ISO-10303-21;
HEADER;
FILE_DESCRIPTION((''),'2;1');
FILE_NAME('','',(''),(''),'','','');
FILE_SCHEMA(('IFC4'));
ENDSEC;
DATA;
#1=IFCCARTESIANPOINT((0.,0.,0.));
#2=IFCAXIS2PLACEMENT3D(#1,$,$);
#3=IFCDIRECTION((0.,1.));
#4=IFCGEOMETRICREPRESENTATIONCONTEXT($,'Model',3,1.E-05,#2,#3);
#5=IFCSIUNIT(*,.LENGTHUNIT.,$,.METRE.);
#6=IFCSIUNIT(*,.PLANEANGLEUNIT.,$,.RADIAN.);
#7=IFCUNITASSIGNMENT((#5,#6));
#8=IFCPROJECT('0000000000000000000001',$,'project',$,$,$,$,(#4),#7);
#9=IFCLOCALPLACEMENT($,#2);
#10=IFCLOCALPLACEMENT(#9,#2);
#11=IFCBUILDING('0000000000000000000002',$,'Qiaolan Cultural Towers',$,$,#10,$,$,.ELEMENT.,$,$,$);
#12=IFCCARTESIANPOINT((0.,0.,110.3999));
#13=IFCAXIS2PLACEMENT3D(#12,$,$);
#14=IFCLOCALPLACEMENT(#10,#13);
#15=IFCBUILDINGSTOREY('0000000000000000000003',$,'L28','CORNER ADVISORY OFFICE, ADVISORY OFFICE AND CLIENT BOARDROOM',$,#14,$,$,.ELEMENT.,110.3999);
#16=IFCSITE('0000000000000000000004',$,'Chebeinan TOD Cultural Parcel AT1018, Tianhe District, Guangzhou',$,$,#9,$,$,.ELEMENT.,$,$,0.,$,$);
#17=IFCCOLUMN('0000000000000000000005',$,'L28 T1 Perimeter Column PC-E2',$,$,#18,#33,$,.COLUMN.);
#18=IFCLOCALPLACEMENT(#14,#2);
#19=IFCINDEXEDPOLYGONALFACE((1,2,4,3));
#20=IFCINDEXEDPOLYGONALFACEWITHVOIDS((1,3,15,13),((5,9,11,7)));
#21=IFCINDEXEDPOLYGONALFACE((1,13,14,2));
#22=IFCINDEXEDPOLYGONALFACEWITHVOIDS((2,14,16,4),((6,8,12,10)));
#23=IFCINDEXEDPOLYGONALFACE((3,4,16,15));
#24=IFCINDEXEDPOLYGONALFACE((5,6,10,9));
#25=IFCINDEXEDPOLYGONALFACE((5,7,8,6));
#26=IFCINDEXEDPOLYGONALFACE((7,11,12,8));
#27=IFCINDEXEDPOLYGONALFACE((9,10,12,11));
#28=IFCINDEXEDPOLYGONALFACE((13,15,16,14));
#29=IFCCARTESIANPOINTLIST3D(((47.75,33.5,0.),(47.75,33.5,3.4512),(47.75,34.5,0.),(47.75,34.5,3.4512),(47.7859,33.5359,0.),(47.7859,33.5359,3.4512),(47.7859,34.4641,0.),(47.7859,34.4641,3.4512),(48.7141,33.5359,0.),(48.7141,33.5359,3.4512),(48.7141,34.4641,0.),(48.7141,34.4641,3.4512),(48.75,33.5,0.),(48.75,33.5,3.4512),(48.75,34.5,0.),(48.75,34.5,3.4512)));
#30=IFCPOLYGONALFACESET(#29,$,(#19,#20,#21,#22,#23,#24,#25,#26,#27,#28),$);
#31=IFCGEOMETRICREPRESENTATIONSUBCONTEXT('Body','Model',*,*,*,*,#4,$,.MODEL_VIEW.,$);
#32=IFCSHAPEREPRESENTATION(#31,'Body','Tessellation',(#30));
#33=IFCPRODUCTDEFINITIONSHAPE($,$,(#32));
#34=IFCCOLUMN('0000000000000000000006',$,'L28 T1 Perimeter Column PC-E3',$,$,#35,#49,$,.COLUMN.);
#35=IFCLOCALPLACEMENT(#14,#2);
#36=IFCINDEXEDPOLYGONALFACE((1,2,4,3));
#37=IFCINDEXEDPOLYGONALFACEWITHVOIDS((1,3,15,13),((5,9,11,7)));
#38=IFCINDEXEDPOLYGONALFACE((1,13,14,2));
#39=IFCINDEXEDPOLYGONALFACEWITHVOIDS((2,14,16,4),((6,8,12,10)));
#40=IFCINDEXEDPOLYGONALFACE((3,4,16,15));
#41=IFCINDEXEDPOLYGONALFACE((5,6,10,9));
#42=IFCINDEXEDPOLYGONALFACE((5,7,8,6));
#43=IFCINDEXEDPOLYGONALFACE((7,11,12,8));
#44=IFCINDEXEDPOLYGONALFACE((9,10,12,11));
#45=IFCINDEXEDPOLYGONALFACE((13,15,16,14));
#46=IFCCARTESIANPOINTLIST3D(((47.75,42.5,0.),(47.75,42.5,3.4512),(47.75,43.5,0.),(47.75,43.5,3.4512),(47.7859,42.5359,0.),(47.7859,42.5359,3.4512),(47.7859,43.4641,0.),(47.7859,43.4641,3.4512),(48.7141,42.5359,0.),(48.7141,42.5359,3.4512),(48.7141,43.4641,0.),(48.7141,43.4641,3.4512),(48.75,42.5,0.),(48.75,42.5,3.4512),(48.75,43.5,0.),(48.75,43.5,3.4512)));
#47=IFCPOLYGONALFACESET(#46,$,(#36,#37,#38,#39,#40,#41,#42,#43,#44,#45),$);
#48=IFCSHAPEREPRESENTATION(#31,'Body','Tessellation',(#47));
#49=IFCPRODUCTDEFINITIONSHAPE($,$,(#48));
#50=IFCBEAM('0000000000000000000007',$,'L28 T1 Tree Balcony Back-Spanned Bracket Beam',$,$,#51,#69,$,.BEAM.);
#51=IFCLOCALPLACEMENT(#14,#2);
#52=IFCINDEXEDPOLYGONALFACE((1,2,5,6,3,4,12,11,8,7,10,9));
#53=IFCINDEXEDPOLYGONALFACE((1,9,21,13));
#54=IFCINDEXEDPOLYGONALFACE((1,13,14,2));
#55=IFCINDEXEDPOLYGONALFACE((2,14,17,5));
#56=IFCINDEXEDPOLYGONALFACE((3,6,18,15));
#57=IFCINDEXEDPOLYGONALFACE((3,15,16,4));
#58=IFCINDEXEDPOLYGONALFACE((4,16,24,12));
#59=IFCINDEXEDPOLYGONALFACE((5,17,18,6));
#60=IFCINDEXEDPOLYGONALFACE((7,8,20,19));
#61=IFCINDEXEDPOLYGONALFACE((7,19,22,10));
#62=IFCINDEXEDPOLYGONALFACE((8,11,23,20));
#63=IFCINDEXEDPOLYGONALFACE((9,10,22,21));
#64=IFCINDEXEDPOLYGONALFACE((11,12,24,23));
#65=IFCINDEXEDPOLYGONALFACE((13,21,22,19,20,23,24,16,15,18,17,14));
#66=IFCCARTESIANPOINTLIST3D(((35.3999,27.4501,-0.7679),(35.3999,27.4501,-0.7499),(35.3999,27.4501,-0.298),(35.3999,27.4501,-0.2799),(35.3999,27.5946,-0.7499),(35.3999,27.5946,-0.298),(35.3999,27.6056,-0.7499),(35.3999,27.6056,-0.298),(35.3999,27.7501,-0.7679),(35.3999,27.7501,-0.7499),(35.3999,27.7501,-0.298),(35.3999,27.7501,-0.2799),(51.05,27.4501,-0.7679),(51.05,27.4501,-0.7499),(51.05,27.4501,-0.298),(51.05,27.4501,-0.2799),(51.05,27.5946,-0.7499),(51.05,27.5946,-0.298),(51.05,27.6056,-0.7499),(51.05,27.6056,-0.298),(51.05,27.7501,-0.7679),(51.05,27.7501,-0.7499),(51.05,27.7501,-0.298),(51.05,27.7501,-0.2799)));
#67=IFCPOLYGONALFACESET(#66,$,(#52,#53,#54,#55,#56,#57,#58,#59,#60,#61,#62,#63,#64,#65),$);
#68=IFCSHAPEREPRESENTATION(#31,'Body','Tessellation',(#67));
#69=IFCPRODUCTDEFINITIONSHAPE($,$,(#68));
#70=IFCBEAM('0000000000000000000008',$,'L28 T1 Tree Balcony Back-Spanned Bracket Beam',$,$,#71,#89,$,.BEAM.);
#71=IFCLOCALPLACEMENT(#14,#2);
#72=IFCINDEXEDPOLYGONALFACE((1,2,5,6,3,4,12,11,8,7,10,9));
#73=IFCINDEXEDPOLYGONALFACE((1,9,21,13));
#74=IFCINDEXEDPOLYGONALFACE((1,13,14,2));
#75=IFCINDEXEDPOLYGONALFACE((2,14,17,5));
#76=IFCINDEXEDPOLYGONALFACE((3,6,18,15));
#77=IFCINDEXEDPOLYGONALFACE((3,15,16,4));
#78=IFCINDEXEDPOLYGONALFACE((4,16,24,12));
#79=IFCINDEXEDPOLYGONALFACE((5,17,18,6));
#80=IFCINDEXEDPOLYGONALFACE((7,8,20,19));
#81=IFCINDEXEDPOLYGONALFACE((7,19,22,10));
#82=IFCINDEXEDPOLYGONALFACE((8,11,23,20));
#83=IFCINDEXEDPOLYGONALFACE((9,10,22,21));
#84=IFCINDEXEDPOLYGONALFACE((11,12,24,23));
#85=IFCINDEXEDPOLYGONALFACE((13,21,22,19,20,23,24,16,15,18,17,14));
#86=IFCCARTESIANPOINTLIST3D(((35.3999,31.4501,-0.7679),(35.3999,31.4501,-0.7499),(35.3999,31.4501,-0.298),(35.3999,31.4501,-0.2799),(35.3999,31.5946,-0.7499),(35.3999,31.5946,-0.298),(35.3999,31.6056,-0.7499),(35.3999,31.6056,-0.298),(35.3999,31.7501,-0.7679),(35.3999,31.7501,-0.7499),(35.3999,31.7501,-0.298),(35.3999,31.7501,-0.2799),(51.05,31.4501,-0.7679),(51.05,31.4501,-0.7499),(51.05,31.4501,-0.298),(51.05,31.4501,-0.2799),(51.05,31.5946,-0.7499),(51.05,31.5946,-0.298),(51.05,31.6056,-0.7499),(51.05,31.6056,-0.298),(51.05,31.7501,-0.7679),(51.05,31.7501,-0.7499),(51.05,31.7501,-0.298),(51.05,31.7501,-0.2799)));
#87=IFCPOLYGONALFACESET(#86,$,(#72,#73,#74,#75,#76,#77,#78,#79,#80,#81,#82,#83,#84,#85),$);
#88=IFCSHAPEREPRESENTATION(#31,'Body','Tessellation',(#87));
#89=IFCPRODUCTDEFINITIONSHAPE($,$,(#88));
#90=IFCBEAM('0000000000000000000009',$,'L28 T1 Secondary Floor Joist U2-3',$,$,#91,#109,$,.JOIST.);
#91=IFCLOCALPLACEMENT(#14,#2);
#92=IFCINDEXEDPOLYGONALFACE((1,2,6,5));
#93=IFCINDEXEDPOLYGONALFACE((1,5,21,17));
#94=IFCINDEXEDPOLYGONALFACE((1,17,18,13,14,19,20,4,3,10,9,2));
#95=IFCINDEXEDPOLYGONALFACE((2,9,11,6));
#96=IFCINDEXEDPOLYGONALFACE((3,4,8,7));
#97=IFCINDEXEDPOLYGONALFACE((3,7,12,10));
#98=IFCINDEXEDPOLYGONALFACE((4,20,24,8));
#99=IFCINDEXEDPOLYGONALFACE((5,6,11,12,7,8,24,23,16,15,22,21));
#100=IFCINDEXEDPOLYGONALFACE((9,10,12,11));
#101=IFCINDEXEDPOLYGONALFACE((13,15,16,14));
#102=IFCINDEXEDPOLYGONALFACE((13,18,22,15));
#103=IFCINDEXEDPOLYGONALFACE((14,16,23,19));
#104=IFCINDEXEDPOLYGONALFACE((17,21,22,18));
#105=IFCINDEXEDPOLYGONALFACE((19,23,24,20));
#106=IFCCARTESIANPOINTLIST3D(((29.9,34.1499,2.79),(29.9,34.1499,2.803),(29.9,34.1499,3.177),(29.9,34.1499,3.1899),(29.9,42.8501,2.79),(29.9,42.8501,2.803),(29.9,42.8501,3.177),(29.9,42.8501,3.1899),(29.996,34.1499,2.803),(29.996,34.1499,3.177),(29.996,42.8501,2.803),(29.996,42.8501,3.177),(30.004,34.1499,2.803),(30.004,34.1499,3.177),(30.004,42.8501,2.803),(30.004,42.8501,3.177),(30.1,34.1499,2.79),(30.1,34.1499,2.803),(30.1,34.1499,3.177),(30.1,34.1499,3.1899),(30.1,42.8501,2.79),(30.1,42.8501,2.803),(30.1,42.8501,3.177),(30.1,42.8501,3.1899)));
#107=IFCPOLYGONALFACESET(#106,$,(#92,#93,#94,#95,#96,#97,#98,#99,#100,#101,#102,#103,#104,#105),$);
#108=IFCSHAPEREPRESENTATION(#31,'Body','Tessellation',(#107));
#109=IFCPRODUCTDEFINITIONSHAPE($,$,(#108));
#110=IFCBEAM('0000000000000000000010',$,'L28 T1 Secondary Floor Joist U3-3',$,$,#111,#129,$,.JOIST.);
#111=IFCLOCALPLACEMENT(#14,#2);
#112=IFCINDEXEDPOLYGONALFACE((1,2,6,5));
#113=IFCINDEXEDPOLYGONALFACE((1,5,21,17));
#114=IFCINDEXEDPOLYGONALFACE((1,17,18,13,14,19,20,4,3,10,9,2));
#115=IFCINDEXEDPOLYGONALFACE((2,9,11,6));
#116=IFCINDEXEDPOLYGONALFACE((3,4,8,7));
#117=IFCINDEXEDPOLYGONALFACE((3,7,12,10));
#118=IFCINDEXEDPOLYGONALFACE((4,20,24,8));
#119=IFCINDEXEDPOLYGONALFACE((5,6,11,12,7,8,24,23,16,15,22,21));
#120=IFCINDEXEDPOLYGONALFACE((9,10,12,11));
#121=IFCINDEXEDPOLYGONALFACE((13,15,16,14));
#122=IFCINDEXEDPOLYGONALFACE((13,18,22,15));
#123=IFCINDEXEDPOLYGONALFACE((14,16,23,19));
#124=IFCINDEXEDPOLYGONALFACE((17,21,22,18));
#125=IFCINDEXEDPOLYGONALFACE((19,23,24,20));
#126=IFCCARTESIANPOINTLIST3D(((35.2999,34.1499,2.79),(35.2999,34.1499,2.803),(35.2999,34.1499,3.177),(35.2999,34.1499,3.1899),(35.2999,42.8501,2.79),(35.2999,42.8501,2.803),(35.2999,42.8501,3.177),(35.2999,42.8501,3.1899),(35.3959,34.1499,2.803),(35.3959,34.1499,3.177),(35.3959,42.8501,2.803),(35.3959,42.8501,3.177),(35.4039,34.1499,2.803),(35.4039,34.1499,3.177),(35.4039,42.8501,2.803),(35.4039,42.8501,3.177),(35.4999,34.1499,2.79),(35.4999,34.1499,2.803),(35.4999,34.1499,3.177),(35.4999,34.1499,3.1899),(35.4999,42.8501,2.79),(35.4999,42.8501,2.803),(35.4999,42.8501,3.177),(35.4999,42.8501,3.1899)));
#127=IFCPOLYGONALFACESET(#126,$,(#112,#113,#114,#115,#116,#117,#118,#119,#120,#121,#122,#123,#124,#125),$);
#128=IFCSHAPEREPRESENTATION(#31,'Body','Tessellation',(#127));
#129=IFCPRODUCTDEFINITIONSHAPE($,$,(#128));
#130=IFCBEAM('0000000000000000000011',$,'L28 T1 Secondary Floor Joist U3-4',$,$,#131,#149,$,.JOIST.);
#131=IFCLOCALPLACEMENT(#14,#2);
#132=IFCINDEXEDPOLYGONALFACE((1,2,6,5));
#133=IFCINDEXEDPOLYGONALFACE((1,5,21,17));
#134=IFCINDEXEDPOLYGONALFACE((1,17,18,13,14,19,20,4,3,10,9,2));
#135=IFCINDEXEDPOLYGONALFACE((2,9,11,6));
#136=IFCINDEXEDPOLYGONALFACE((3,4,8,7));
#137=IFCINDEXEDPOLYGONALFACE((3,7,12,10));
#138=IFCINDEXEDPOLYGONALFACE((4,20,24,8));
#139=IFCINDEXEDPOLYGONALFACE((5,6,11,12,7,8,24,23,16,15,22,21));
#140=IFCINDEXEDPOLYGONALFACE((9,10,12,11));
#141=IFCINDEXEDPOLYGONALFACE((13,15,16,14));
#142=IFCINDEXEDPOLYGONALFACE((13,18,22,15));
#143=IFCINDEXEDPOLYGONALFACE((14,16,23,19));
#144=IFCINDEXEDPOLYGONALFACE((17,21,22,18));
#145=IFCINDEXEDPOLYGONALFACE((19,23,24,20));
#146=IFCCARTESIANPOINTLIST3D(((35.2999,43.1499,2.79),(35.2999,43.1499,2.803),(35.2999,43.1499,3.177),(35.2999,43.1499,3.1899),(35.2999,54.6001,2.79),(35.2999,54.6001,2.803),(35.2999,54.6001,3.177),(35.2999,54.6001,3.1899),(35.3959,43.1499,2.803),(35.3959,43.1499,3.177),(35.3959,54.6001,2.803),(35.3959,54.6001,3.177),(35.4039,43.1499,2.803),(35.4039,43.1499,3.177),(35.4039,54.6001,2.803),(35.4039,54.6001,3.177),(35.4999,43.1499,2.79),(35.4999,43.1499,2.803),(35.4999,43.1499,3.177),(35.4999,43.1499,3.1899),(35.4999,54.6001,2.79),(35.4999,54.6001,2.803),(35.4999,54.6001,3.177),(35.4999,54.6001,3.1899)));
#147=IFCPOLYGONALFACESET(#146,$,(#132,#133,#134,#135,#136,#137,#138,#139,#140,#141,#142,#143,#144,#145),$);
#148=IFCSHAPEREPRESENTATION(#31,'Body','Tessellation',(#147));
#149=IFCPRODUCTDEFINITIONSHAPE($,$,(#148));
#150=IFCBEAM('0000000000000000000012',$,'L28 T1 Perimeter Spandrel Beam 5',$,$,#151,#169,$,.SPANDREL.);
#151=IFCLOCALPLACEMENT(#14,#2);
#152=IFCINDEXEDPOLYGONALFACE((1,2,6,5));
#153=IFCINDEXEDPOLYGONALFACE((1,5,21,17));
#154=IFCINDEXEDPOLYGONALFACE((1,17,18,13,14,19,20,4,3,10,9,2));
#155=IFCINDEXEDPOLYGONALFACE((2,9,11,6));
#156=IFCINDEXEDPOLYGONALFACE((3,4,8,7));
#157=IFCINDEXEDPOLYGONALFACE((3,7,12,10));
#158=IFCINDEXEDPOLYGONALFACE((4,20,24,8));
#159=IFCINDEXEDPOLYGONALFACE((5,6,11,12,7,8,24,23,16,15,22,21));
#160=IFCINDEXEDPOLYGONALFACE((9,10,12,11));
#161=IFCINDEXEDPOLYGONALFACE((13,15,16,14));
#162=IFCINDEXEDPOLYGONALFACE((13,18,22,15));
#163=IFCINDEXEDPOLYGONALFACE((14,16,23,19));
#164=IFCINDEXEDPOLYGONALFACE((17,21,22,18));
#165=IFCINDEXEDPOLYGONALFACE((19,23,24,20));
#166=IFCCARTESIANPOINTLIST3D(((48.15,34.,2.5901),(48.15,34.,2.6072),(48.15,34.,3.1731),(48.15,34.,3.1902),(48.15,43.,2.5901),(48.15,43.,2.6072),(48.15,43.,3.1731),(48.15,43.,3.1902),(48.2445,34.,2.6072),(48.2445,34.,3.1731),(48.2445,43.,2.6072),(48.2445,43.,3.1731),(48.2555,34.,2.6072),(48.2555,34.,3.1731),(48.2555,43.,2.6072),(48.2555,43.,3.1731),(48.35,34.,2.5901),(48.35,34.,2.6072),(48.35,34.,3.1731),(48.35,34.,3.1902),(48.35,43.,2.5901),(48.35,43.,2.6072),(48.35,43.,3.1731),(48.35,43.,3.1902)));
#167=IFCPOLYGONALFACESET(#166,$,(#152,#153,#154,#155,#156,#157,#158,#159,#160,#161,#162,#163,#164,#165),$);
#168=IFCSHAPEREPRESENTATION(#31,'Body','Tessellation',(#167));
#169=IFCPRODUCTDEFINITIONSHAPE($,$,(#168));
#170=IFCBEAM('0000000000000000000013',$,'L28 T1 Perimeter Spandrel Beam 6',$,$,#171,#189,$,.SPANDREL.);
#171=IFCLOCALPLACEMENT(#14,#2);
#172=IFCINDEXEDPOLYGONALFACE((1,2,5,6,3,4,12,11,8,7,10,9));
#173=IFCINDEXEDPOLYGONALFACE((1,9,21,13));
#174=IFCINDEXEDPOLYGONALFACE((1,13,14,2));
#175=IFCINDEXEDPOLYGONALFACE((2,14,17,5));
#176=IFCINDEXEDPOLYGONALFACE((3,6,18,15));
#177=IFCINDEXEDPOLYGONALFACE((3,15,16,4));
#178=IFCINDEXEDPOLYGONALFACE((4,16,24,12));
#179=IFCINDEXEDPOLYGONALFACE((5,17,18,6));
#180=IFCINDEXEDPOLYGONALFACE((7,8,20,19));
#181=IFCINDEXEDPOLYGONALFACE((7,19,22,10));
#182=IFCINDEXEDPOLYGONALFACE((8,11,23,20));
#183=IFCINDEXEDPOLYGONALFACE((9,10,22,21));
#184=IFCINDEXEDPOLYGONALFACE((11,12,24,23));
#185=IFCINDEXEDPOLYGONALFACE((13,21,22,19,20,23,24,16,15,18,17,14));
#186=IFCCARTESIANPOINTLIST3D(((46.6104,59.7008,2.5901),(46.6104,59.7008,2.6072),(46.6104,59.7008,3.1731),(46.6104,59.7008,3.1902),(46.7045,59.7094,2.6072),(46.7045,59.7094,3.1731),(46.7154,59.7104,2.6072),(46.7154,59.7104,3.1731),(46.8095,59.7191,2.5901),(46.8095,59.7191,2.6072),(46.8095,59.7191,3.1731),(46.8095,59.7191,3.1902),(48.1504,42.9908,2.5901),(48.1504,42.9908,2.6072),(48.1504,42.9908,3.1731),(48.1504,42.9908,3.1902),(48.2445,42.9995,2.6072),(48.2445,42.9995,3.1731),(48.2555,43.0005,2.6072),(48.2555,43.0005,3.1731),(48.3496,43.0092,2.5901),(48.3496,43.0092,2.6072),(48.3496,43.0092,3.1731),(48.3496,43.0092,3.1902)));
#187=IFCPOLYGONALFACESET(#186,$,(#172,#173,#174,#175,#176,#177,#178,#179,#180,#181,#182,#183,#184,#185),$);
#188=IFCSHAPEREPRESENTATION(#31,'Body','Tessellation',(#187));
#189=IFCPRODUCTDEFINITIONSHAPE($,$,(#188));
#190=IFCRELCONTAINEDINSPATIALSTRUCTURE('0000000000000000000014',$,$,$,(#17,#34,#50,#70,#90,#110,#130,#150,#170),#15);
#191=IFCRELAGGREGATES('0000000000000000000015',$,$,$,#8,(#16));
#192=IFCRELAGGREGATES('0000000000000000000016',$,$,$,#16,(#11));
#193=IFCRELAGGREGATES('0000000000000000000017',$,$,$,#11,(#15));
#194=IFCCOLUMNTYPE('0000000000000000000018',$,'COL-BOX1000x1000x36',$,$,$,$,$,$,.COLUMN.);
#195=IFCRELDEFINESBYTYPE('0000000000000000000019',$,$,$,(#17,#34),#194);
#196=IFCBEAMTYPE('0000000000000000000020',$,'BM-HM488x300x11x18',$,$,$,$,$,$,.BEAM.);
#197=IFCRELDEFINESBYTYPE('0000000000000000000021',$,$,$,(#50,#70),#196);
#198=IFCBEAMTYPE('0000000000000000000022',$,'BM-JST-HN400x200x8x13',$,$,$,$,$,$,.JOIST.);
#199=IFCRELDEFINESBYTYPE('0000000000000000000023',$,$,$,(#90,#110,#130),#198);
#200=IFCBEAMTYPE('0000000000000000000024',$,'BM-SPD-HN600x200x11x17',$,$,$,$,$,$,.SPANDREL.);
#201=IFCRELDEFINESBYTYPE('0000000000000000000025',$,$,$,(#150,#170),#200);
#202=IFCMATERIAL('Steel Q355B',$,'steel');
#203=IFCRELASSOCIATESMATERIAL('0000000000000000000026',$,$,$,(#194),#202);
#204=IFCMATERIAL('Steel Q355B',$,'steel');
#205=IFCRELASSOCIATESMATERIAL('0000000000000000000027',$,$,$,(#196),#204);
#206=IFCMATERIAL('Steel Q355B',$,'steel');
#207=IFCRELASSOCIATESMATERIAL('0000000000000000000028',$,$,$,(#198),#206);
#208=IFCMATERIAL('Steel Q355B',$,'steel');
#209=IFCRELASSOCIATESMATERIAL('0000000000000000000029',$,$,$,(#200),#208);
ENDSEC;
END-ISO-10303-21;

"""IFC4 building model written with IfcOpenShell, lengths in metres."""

from ifc_helpers import new_model, si_unit, direction, frame, origin, origin_2d, place, context, subcontext, project, spatial, hollow_rectangle, i_section, extrude, material, material_profile, profile_set, type_object, element, save


model = new_model("IFC4")

# Units and contexts
model_context = context("Model", 3, precision=1e-05, world=origin(), true_north=direction((0.0, 1.0)))
body_context = subcontext(model_context, "Body", "Model", "MODEL_VIEW")
ifc_project = project(units=[si_unit("LENGTHUNIT", "METRE"), si_unit("PLANEANGLEUNIT", "RADIAN")], contexts=[model_context])

# Site, building, storey
site_placement = place(None, origin())
site = spatial("IfcSite", under=ifc_project, at=site_placement, Name="Chebeinan TOD Cultural Parcel AT1018, Tianhe District, Guangzhou", CompositionType="ELEMENT", RefElevation=0.0)
building_placement = place(site_placement, origin())
building = spatial("IfcBuilding", under=site, at=building_placement, Name="Qiaolan Cultural Towers", CompositionType="ELEMENT")
storey_placement = place(building_placement, frame((0.0, 0.0, 110.3999)))
storey = spatial("IfcBuildingStorey", under=building, at=storey_placement, Name="L28", Description="CORNER ADVISORY OFFICE, ADVISORY OFFICE AND CLIENT BOARDROOM", CompositionType="ELEMENT", Elevation=110.3999)

# Columns
ifc_material_1 = material(Name="Steel Q355B", Category="steel")
ifc_material_profile_1 = material_profile(ifc_material_1, hollow_rectangle(XDim=1.0, YDim=1.0, WallThickness=0.0359, at=origin_2d()), Name="BOX1000x1000x36")
ifc_profile_set_1 = profile_set([ifc_material_profile_1], Name="Steel Q355B")
column_type = type_object("IfcColumnType", Name="COL-BOX1000x1000x36", PredefinedType="COLUMN", material=ifc_profile_set_1)
for number, where, z_axis, x_axis, name in (
    (1, (48.25, 34.0, 0.0), (0.0, 0.0, 1.0), (1.0, 0.0, 0.0), "L28 T1 Perimeter Column PC-E2"),
    (2, (48.25, 43.0, 0.0), (0.0, 0.0, 1.0), (1.0, 0.0, 0.0), "L28 T1 Perimeter Column PC-E3"),
):
    element("IfcColumn", number, at=place(storey_placement, frame(where, z_axis=z_axis, x_axis=x_axis)), inside=storey, type_object=column_type, Name=name, PredefinedType="COLUMN", context=body_context, shape_type="SweptSolid", body=[
        extrude(hollow_rectangle(XDim=1.0, YDim=1.0, WallThickness=0.0359, at=origin_2d()), origin(), (0.0, 0.0, 1.0), 3.4512),
    ])

# Beams
ifc_material_2 = material(Name="Steel Q355B", Category="steel")
ifc_material_profile_2 = material_profile(ifc_material_2, i_section(OverallWidth=0.3, OverallDepth=0.488, WebThickness=0.011, FlangeThickness=0.0181, at=origin_2d()), Name="HM488x300x11x18")
ifc_profile_set_2 = profile_set([ifc_material_profile_2], Name="Steel Q355B")
beam_type_1 = type_object("IfcBeamType", Name="BM-HM488x300x11x18", PredefinedType="BEAM", material=ifc_profile_set_2)
for number, where, z_axis, x_axis, name in (
    (3, (35.3999, 27.6001, -0.5239), (1.0, 0.0, 0.0), (0.0, 1.0, 0.0), "L28 T1 Tree Balcony Back-Spanned Bracket Beam"),
    (4, (35.3999, 31.6001, -0.5239), (1.0, 0.0, 0.0), (0.0, 1.0, 0.0), "L28 T1 Tree Balcony Back-Spanned Bracket Beam"),
):
    element("IfcBeam", number, at=place(storey_placement, frame(where, z_axis=z_axis, x_axis=x_axis)), inside=storey, type_object=beam_type_1, Name=name, PredefinedType="BEAM", context=body_context, shape_type="SweptSolid", body=[
        extrude(i_section(OverallWidth=0.3, OverallDepth=0.488, WebThickness=0.011, FlangeThickness=0.0181, at=origin_2d()), origin(), (0.0, 0.0, 1.0), 15.6501),
    ])
ifc_material_3 = material(Name="Steel Q355B", Category="steel")
ifc_material_profile_3 = material_profile(ifc_material_3, i_section(OverallWidth=0.2, OverallDepth=0.3999, WebThickness=0.0081, FlangeThickness=0.0129, at=origin_2d()), Name="HN400x200x8x13")
ifc_profile_set_3 = profile_set([ifc_material_profile_3], Name="Steel Q355B")
beam_type_2 = type_object("IfcBeamType", Name="BM-JST-HN400x200x8x13", PredefinedType="JOIST", material=ifc_profile_set_3)
for number, where, z_axis, x_axis, name in (
    (5, (30.0, 34.1499, 2.99), (0.0, 1.0, 0.0), (-1.0, 0.0, 0.0), "L28 T1 Secondary Floor Joist U2-3"),
    (6, (35.3999, 34.1499, 2.99), (0.0, 1.0, 0.0), (-1.0, 0.0, 0.0), "L28 T1 Secondary Floor Joist U3-3"),
):
    element("IfcBeam", number, at=place(storey_placement, frame(where, z_axis=z_axis, x_axis=x_axis)), inside=storey, type_object=beam_type_2, Name=name, PredefinedType="JOIST", context=body_context, shape_type="SweptSolid", body=[
        extrude(i_section(OverallWidth=0.2, OverallDepth=0.3999, WebThickness=0.0081, FlangeThickness=0.0129, at=origin_2d()), origin(), (0.0, 0.0, 1.0), 8.7002),
    ])
beam_1_placement = place(storey_placement, frame((35.3999, 43.1499, 2.99), z_axis=(0.0, 1.0, 0.0), x_axis=(-1.0, 0.0, 0.0)))
element("IfcBeam", 7, at=beam_1_placement, inside=storey, type_object=beam_type_2, Name="L28 T1 Secondary Floor Joist U3-4", PredefinedType="JOIST", context=body_context, shape_type="SweptSolid", body=[
    extrude(i_section(OverallWidth=0.2, OverallDepth=0.3999, WebThickness=0.0081, FlangeThickness=0.0129, at=origin_2d()), origin(), (0.0, 0.0, 1.0), 11.4502),
])
ifc_material_4 = material(Name="Steel Q355B", Category="steel")
ifc_material_profile_4 = material_profile(ifc_material_4, i_section(OverallWidth=0.2, OverallDepth=0.6001, WebThickness=0.011, FlangeThickness=0.0171, at=origin_2d()), Name="HN600x200x11x17")
ifc_profile_set_4 = profile_set([ifc_material_profile_4], Name="Steel Q355B")
beam_type_3 = type_object("IfcBeamType", Name="BM-SPD-HN600x200x11x17", PredefinedType="SPANDREL", material=ifc_profile_set_4)
beam_2_placement = place(storey_placement, frame((48.25, 34.0, 2.8901), z_axis=(0.0, 1.0, 0.0), x_axis=(-1.0, 0.0, 0.0)))
element("IfcBeam", 8, at=beam_2_placement, inside=storey, type_object=beam_type_3, Name="L28 T1 Perimeter Spandrel Beam 5", PredefinedType="SPANDREL", context=body_context, shape_type="SweptSolid", body=[
    extrude(i_section(OverallWidth=0.2, OverallDepth=0.6001, WebThickness=0.011, FlangeThickness=0.0171, at=origin_2d()), origin(), (0.0, 0.0, 1.0), 9.0),
])
beam_3_placement = place(storey_placement, frame((48.25, 43.0, 2.8901), z_axis=(-0.091774, 0.99578, 0.0), x_axis=(-0.99578, -0.091774, 0.0)))
element("IfcBeam", 9, at=beam_3_placement, inside=storey, type_object=beam_type_3, Name="L28 T1 Perimeter Spandrel Beam 6", PredefinedType="SPANDREL", context=body_context, shape_type="SweptSolid", body=[
    extrude(i_section(OverallWidth=0.2, OverallDepth=0.6001, WebThickness=0.011, FlangeThickness=0.0171, at=origin_2d()), origin(), (0.0, 0.0, 1.0), 16.7808),
])

save(model, "model.ifc")
